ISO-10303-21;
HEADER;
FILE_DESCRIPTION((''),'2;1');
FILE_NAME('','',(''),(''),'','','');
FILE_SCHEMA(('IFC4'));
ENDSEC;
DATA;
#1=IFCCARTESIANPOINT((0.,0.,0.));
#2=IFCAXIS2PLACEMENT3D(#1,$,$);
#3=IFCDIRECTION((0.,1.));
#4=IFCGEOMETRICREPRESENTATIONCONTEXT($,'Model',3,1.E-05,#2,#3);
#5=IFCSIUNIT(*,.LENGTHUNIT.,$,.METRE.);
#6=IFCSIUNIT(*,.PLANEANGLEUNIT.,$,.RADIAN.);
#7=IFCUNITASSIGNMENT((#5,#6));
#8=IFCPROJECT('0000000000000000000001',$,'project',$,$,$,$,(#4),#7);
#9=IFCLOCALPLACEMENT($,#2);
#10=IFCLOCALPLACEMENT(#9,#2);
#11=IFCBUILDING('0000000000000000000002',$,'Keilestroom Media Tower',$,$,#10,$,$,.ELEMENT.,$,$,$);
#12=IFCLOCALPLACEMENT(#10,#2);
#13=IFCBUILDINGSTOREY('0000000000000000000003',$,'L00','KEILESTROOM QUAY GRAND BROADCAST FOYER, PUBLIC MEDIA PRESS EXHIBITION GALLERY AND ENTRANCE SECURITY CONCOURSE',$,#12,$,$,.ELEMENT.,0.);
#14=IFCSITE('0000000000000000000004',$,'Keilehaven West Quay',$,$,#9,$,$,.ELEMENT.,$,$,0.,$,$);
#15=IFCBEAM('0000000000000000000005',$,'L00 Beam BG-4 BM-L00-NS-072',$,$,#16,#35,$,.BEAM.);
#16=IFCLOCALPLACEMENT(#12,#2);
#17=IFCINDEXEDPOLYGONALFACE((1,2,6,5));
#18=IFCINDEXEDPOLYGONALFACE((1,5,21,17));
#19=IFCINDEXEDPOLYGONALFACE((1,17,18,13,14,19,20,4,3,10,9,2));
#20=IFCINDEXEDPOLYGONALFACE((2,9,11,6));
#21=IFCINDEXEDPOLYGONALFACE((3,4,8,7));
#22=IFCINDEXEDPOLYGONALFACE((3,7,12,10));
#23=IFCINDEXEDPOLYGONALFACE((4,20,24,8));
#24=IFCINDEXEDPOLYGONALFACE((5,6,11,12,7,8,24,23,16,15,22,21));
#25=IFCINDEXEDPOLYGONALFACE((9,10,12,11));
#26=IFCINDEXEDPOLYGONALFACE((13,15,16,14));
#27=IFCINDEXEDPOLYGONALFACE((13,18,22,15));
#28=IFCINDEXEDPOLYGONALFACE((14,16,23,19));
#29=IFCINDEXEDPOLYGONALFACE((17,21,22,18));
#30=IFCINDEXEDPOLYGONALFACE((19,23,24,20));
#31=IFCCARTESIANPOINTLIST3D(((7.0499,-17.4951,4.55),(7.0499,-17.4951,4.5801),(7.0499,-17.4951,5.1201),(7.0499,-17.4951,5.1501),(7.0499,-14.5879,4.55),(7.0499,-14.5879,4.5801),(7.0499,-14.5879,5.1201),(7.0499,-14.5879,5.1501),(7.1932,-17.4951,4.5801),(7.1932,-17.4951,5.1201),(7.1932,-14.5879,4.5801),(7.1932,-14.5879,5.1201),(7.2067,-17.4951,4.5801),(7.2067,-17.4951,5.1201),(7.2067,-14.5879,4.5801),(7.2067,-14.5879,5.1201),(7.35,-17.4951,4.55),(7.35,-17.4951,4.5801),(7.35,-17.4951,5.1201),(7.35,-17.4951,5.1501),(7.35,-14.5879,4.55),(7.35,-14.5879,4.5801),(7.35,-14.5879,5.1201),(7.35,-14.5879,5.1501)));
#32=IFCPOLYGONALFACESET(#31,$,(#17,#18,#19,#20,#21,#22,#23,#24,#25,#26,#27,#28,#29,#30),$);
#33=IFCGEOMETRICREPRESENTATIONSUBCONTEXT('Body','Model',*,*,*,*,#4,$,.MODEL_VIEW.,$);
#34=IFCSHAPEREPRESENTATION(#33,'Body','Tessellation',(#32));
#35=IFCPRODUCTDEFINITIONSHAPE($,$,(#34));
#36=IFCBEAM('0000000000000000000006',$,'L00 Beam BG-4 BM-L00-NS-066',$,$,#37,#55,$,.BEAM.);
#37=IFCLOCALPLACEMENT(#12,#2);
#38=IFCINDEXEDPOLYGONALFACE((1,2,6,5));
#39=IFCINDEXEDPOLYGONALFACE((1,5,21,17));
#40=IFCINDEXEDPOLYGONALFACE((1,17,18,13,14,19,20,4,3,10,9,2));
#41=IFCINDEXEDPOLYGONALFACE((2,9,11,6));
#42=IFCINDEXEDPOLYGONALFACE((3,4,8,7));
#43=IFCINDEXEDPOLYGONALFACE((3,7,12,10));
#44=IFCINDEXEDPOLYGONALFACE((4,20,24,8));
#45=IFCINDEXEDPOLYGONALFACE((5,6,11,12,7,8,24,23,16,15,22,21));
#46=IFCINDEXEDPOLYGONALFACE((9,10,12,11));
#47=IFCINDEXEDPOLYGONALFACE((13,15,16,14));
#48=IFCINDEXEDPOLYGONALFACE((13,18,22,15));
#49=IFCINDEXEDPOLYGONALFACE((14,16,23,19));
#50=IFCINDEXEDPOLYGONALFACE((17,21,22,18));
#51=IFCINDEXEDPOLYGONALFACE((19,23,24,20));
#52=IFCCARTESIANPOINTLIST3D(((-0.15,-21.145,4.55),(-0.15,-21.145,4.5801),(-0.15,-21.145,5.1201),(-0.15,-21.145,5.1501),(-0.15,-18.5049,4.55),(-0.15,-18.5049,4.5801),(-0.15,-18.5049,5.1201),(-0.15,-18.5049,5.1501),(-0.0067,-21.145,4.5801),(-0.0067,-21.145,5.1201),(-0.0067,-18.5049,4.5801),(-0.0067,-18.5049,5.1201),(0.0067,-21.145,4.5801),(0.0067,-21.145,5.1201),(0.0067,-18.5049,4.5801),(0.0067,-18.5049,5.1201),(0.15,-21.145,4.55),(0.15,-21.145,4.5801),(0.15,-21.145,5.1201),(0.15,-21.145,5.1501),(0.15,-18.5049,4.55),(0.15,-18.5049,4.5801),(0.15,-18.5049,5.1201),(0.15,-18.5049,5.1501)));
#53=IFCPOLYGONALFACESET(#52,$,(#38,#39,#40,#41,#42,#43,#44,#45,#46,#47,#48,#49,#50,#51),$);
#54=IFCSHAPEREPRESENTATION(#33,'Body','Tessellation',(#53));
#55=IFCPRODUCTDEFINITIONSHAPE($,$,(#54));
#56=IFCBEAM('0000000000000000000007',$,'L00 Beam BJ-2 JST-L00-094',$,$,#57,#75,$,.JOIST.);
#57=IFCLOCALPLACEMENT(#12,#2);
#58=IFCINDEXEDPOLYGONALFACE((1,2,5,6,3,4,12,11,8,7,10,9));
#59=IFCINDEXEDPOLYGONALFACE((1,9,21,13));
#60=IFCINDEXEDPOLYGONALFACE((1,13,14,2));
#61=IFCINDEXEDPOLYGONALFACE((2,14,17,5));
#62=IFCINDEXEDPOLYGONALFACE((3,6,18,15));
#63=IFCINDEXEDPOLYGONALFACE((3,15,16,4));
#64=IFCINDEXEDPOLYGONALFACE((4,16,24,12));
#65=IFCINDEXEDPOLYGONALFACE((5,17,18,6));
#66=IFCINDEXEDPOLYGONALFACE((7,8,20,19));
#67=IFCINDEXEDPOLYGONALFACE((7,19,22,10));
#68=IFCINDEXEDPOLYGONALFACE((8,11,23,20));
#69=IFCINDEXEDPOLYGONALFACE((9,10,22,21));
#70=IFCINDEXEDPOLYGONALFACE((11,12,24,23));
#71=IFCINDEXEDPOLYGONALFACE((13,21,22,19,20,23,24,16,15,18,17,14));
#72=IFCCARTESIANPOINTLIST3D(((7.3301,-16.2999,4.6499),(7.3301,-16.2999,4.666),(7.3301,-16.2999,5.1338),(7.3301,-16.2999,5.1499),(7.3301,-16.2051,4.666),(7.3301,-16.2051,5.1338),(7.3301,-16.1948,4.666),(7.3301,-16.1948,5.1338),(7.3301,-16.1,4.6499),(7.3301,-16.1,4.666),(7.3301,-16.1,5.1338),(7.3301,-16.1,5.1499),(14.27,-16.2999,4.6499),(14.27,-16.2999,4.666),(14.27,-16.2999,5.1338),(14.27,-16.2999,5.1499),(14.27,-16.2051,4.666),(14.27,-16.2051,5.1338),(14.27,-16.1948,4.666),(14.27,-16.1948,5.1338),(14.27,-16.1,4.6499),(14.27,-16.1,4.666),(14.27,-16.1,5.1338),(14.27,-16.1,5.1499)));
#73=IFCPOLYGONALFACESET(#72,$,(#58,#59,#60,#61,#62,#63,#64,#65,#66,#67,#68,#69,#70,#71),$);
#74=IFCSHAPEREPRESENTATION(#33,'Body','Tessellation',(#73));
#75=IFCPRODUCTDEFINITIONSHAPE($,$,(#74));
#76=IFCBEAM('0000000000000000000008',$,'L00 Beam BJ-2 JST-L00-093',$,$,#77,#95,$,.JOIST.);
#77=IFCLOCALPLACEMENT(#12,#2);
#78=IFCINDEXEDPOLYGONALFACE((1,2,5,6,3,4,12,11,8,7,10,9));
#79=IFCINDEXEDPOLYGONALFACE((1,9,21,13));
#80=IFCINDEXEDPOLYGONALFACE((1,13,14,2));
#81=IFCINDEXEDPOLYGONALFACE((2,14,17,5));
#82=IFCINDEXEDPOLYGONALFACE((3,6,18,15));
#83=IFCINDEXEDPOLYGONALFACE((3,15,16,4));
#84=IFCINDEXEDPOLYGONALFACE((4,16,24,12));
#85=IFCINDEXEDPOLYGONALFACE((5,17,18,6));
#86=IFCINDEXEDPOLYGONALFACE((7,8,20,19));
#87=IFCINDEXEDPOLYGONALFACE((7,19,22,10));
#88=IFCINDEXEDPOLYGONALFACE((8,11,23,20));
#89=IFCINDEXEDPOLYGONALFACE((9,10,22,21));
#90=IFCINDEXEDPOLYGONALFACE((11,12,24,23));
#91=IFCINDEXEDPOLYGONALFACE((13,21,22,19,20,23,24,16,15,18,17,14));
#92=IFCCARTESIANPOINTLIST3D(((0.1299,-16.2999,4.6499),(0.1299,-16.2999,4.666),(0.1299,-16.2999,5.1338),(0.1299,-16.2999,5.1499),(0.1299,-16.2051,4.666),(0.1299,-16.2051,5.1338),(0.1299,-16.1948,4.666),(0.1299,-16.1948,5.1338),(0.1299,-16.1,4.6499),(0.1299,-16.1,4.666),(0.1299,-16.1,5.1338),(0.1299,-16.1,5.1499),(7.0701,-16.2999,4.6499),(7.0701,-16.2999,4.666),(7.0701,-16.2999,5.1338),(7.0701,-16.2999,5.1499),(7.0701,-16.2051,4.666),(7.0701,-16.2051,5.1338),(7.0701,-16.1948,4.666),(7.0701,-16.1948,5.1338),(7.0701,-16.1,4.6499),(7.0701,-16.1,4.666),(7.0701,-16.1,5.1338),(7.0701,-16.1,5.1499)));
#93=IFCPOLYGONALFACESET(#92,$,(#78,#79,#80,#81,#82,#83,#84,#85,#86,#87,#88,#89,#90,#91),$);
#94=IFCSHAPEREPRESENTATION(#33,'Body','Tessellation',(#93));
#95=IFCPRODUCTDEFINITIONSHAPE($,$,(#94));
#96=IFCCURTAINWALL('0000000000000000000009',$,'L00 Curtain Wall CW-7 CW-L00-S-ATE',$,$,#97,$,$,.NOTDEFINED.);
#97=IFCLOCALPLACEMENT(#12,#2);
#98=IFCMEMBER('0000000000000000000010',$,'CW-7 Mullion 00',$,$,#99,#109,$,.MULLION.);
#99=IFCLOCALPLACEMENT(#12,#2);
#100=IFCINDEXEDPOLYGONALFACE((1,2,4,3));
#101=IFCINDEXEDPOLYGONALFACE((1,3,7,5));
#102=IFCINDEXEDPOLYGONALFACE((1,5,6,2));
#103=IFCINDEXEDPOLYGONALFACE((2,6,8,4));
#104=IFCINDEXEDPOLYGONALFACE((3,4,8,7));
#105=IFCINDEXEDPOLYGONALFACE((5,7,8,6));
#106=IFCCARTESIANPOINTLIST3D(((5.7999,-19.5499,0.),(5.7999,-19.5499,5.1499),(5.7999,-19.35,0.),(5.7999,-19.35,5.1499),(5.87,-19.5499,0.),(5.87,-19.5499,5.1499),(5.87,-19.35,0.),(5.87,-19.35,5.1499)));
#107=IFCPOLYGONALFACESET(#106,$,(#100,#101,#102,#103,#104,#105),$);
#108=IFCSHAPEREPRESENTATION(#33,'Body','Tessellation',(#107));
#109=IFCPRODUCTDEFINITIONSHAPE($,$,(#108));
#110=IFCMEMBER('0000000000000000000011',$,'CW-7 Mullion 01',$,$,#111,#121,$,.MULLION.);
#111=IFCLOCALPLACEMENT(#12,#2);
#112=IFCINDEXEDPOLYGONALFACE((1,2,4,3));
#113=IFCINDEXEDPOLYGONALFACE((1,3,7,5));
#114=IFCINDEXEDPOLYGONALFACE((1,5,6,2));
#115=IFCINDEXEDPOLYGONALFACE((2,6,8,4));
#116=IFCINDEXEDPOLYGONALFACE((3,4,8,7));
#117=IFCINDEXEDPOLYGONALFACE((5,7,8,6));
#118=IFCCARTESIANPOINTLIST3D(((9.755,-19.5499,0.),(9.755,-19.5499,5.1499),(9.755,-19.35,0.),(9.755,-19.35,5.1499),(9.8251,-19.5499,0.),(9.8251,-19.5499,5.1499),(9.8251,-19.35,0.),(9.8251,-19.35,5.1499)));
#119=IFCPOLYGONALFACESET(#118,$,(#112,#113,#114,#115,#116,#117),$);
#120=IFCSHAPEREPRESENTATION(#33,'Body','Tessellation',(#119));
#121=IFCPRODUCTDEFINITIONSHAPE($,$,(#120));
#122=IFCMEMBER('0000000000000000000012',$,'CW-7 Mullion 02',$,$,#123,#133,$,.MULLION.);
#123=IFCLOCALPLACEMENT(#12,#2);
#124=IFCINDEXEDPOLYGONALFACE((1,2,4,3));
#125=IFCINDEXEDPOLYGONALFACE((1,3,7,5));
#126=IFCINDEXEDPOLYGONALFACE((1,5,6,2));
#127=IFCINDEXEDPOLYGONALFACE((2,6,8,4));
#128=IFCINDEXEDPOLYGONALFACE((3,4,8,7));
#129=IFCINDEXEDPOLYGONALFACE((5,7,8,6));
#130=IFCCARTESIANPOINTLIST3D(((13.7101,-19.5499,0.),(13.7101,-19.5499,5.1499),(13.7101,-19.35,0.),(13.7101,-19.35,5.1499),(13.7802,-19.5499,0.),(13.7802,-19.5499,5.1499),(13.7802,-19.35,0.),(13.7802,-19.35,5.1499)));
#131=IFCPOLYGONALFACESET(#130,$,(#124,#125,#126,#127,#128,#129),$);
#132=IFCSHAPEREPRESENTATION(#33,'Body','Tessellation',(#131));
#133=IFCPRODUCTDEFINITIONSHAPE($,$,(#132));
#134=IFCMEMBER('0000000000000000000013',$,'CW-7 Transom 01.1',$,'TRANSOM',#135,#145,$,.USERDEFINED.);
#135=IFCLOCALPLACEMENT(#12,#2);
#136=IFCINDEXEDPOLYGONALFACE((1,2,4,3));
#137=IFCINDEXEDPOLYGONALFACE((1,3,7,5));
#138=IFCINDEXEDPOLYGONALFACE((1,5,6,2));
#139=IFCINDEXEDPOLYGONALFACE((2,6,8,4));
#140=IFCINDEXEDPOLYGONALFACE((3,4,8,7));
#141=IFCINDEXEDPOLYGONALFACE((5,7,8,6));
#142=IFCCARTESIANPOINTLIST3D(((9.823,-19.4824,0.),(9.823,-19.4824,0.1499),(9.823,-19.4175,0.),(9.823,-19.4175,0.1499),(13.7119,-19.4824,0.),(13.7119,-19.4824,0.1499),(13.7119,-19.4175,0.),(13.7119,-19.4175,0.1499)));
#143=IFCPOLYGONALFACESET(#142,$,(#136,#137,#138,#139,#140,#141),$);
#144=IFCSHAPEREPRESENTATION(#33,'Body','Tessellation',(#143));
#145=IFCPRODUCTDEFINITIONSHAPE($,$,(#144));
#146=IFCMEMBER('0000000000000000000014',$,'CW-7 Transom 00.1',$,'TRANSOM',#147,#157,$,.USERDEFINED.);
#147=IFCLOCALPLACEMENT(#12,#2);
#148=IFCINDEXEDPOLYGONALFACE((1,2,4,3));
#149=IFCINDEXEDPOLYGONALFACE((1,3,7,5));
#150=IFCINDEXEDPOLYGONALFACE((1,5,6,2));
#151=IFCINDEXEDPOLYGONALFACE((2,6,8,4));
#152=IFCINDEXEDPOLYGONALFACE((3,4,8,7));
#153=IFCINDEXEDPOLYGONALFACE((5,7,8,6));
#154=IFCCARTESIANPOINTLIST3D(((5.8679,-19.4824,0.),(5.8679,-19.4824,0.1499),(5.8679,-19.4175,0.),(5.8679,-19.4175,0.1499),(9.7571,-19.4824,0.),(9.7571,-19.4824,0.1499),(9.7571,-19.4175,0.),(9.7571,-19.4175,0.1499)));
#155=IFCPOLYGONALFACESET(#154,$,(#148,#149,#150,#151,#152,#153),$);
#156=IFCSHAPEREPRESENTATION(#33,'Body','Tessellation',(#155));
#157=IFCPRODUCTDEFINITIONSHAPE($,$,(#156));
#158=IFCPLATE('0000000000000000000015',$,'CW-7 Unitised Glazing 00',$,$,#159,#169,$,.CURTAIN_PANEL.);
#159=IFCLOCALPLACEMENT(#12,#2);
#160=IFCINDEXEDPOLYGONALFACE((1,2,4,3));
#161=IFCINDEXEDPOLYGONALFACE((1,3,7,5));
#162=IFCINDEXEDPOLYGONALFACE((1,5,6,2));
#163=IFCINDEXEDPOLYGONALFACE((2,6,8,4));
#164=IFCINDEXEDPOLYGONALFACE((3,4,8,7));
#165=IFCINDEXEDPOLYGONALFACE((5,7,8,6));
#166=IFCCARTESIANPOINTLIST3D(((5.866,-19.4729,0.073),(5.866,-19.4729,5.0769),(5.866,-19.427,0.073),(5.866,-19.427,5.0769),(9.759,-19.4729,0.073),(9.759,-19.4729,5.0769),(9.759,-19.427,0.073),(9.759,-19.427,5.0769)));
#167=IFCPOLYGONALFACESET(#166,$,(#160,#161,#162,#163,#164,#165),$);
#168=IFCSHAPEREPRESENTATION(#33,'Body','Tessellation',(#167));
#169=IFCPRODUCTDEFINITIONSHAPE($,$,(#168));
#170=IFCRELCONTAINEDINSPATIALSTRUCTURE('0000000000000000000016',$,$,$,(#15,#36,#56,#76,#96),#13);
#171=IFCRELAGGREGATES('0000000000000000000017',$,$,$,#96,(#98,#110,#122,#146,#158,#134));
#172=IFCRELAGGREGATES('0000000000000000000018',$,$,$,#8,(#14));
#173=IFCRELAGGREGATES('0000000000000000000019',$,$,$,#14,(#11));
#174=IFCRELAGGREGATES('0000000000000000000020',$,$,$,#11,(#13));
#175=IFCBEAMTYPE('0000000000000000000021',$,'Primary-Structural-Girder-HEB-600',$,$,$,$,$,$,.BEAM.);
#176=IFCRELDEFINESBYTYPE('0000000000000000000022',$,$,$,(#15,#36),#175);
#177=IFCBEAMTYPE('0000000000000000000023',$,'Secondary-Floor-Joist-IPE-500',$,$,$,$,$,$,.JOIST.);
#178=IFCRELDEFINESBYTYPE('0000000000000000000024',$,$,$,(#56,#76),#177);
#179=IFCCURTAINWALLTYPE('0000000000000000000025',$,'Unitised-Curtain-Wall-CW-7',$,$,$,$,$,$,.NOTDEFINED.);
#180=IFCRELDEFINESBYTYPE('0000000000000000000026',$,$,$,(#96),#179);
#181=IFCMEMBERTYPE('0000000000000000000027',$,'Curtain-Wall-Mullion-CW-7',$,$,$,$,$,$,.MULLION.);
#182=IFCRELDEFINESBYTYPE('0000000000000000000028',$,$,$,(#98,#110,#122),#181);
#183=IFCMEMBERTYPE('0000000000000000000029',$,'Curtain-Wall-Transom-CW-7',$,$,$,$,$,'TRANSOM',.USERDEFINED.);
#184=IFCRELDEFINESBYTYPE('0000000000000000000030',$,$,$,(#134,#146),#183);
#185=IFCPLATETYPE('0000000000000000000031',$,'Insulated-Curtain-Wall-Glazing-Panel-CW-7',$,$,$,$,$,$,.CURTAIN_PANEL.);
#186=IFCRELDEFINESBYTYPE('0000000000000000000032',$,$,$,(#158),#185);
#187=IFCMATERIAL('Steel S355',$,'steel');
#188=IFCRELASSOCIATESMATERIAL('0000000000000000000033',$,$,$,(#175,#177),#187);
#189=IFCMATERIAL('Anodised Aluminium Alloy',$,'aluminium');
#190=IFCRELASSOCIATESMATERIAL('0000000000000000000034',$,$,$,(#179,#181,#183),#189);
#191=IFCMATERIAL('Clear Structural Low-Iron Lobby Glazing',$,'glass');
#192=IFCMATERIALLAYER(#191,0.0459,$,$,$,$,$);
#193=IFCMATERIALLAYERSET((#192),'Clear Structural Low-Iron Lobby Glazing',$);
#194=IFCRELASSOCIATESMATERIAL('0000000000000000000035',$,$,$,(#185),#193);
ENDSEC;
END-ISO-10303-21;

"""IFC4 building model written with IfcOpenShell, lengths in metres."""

from ifc_helpers import new_model, si_unit, direction, frame, origin, origin_2d, place, context, subcontext, project, spatial, rectangle, i_section, extrude, source, transform, mapped, material, layer, layer_set, material_profile, profile_set, type_object, element, aggregate, save


model = new_model("IFC4")

# Units and contexts
model_context = context("Model", 3, precision=1e-05, world=origin(), true_north=direction((0.0, 1.0)))
body_context = subcontext(model_context, "Body", "Model", "MODEL_VIEW")
ifc_project = project(units=[si_unit("LENGTHUNIT", "METRE"), si_unit("PLANEANGLEUNIT", "RADIAN")], contexts=[model_context])

# Site, building, storey
site_placement = place(None, origin())
site = spatial("IfcSite", under=ifc_project, at=site_placement, Name="Keilehaven West Quay", CompositionType="ELEMENT", RefElevation=0.0)
building_placement = place(site_placement, origin())
building = spatial("IfcBuilding", under=site, at=building_placement, Name="Keilestroom Media Tower", CompositionType="ELEMENT")
storey_placement = place(building_placement, origin())
storey = spatial("IfcBuildingStorey", under=building, at=storey_placement, Name="L00", Description="KEILESTROOM QUAY GRAND BROADCAST FOYER, PUBLIC MEDIA PRESS EXHIBITION GALLERY AND ENTRANCE SECURITY CONCOURSE", CompositionType="ELEMENT", Elevation=0.0)

# Beams
ifc_material_1 = material(Name="Steel S355", Category="steel")
ifc_material_profile_1 = material_profile(ifc_material_1, i_section(OverallWidth=0.3, OverallDepth=0.6001, WebThickness=0.0134, FlangeThickness=0.03, at=origin_2d()), Name="HEB 600")
ifc_profile_set_1 = profile_set([ifc_material_profile_1], Name="Steel S355")
beam_type_1 = type_object("IfcBeamType", Name="Primary-Structural-Girder-HEB-600", PredefinedType="BEAM", material=ifc_profile_set_1)
shared_shape_1 = source(origin(), body_context, "Body", "SweptSolid", [
    extrude(i_section(OverallWidth=0.3, OverallDepth=0.6001, WebThickness=0.0134, FlangeThickness=0.03, at=origin_2d()), origin(), (0.0, 0.0, 1.0), 2.9072),
])
for number, where, z_axis, x_axis, name in (
    (1, (7.2, -17.4951, 4.8501), (0.0, 1.0, 0.0), (-1.0, 0.0, 0.0), "L00 Beam BG-4 BM-L00-NS-072"),
):
    element("IfcBeam", number, at=place(storey_placement, frame(where, z_axis=z_axis, x_axis=x_axis)), inside=storey, type_object=beam_type_1, Name=name, PredefinedType="BEAM", context=body_context, shape_type="MappedRepresentation", body=[
        mapped(shared_shape_1, transform((0.0, 0.0, 0.0), x_axis=(1.0, 0.0, 0.0), y_axis=(0.0, 1.0, 0.0), z_axis=(0.0, 0.0, 1.0), scale=1.0)),
    ])
shared_shape_2 = source(origin(), body_context, "Body", "SweptSolid", [
    extrude(i_section(OverallWidth=0.3, OverallDepth=0.6001, WebThickness=0.0134, FlangeThickness=0.03, at=origin_2d()), origin(), (0.0, 0.0, 1.0), 2.6401),
])
beam_1_placement = place(storey_placement, frame((0.0, -21.145, 4.8501), z_axis=(0.0, 1.0, 0.0), x_axis=(-1.0, 0.0, 0.0)))
element("IfcBeam", 2, at=beam_1_placement, inside=storey, type_object=beam_type_1, Name="L00 Beam BG-4 BM-L00-NS-066", PredefinedType="BEAM", context=body_context, shape_type="MappedRepresentation", body=[
    mapped(shared_shape_2, transform((0.0, 0.0, 0.0), x_axis=(1.0, 0.0, 0.0), y_axis=(0.0, 1.0, 0.0), z_axis=(0.0, 0.0, 1.0), scale=1.0)),
])
ifc_material_profile_2 = material_profile(ifc_material_1, i_section(OverallWidth=0.2, OverallDepth=0.5, WebThickness=0.0103, FlangeThickness=0.0161, at=origin_2d()), Name="IPE 500")
ifc_profile_set_2 = profile_set([ifc_material_profile_2], Name="Steel S355")
beam_type_2 = type_object("IfcBeamType", Name="Secondary-Floor-Joist-IPE-500", PredefinedType="JOIST", material=ifc_profile_set_2)
shared_shape_3 = source(origin(), body_context, "Body", "SweptSolid", [
    extrude(i_section(OverallWidth=0.2, OverallDepth=0.5, WebThickness=0.0103, FlangeThickness=0.0161, at=origin_2d()), origin(), (0.0, 0.0, 1.0), 6.9399),
])
beam_2_placement = place(storey_placement, frame((7.3301, -16.2, 4.8999), z_axis=(1.0, 0.0, 0.0), x_axis=(0.0, 1.0, 0.0)))
element("IfcBeam", 3, at=beam_2_placement, inside=storey, type_object=beam_type_2, Name="L00 Beam BJ-2 JST-L00-094", PredefinedType="JOIST", context=body_context, shape_type="MappedRepresentation", body=[
    mapped(shared_shape_3, transform((0.0, 0.0, 0.0), x_axis=(1.0, 0.0, 0.0), y_axis=(0.0, 1.0, 0.0), z_axis=(0.0, 0.0, 1.0), scale=1.0)),
])
shared_shape_4 = source(origin(), body_context, "Body", "SweptSolid", [
    extrude(i_section(OverallWidth=0.2, OverallDepth=0.5, WebThickness=0.0103, FlangeThickness=0.0161, at=origin_2d()), origin(), (0.0, 0.0, 1.0), 6.9402),
])
beam_3_placement = place(storey_placement, frame((0.1299, -16.2, 4.8999), z_axis=(1.0, 0.0, 0.0), x_axis=(0.0, 1.0, 0.0)))
element("IfcBeam", 4, at=beam_3_placement, inside=storey, type_object=beam_type_2, Name="L00 Beam BJ-2 JST-L00-093", PredefinedType="JOIST", context=body_context, shape_type="MappedRepresentation", body=[
    mapped(shared_shape_4, transform((0.0, 0.0, 0.0), x_axis=(1.0, 0.0, 0.0), y_axis=(0.0, 1.0, 0.0), z_axis=(0.0, 0.0, 1.0), scale=1.0)),
])

# Curtain wall, members, plate
ifc_material_2 = material(Name="Anodised Aluminium Alloy", Category="aluminium")
curtain_wall_type = type_object("IfcCurtainWallType", Name="Unitised-Curtain-Wall-CW-7", PredefinedType="NOTDEFINED", material=ifc_material_2)
curtain_wall_placement = place(storey_placement, origin())
curtain_wall = element("IfcCurtainWall", 5, at=curtain_wall_placement, inside=storey, type_object=curtain_wall_type, Name="L00 Curtain Wall CW-7 CW-L00-S-ATE", PredefinedType="NOTDEFINED")
ifc_material_profile_3 = material_profile(ifc_material_2, rectangle(XDim=0.0701, YDim=0.2, at=origin_2d()), Name="ALU MULLION 70x200")
ifc_profile_set_3 = profile_set([ifc_material_profile_3], Name="Anodised Aluminium Alloy")
member_type_1 = type_object("IfcMemberType", Name="Curtain-Wall-Mullion-CW-7", PredefinedType="MULLION", material=ifc_profile_set_3)
shared_shape_5 = source(origin(), body_context, "Body", "SweptSolid", [
    extrude(rectangle(XDim=0.0701, YDim=0.2, at=origin_2d()), origin(), (0.0, 0.0, 1.0), 5.1499),
])
member_1_placement = place(storey_placement, frame((5.835, -19.45, 0.0), z_axis=(0.0, 0.0, 1.0), x_axis=(1.0, 0.0, 0.0)))
member_1 = element("IfcMember", 6, at=member_1_placement, type_object=member_type_1, Name="CW-7 Mullion 00", PredefinedType="MULLION", context=body_context, shape_type="MappedRepresentation", body=[
    mapped(shared_shape_5, transform((0.0, 0.0, 0.0), x_axis=(1.0, 0.0, 0.0), y_axis=(0.0, 1.0, 0.0), z_axis=(0.0, 0.0, 1.0), scale=1.0)),
])
member_2_placement = place(storey_placement, frame((9.79, -19.45, 0.0), z_axis=(0.0, 0.0, 1.0), x_axis=(1.0, 0.0, 0.0)))
member_2 = element("IfcMember", 7, at=member_2_placement, type_object=member_type_1, Name="CW-7 Mullion 01", PredefinedType="MULLION", context=body_context, shape_type="MappedRepresentation", body=[
    mapped(shared_shape_5, transform((0.0, 0.0, 0.0), x_axis=(1.0, 0.0, 0.0), y_axis=(0.0, 1.0, 0.0), z_axis=(0.0, 0.0, 1.0), scale=1.0)),
])
member_3_placement = place(storey_placement, frame((13.7451, -19.45, 0.0), z_axis=(0.0, 0.0, 1.0), x_axis=(1.0, 0.0, 0.0)))
member_3 = element("IfcMember", 8, at=member_3_placement, type_object=member_type_1, Name="CW-7 Mullion 02", PredefinedType="MULLION", context=body_context, shape_type="MappedRepresentation", body=[
    mapped(shared_shape_5, transform((0.0, 0.0, 0.0), x_axis=(1.0, 0.0, 0.0), y_axis=(0.0, 1.0, 0.0), z_axis=(0.0, 0.0, 1.0), scale=1.0)),
])
ifc_material_profile_4 = material_profile(ifc_material_2, rectangle(XDim=0.0649, YDim=0.1499, at=origin_2d()), Name="ALU TRANSOM 65x150")
ifc_profile_set_4 = profile_set([ifc_material_profile_4], Name="Anodised Aluminium Alloy")
member_type_2 = type_object("IfcMemberType", Name="Curtain-Wall-Transom-CW-7", ElementType="TRANSOM", PredefinedType="USERDEFINED", material=ifc_profile_set_4)
shared_shape_6 = source(origin(), body_context, "Body", "SweptSolid", [
    extrude(rectangle(XDim=0.0649, YDim=0.1499, at=origin_2d()), origin(), (0.0, 0.0, 1.0), 3.8889),
])
member_4_placement = place(storey_placement, frame((9.823, -19.45, 0.075), z_axis=(1.0, 0.0, 0.0), x_axis=(0.0, 1.0, 0.0)))
member_4 = element("IfcMember", 9, at=member_4_placement, type_object=member_type_2, Name="CW-7 Transom 01.1", ObjectType="TRANSOM", PredefinedType="USERDEFINED", context=body_context, shape_type="MappedRepresentation", body=[
    mapped(shared_shape_6, transform((0.0, 0.0, 0.0), x_axis=(1.0, 0.0, 0.0), y_axis=(0.0, 1.0, 0.0), z_axis=(0.0, 0.0, 1.0), scale=1.0)),
])
shared_shape_7 = source(origin(), body_context, "Body", "SweptSolid", [
    extrude(rectangle(XDim=0.0649, YDim=0.1499, at=origin_2d()), origin(), (0.0, 0.0, 1.0), 3.8892),
])
member_5_placement = place(storey_placement, frame((5.8679, -19.45, 0.075), z_axis=(1.0, 0.0, 0.0), x_axis=(0.0, 1.0, 0.0)))
member_5 = element("IfcMember", 10, at=member_5_placement, type_object=member_type_2, Name="CW-7 Transom 00.1", ObjectType="TRANSOM", PredefinedType="USERDEFINED", context=body_context, shape_type="MappedRepresentation", body=[
    mapped(shared_shape_7, transform((0.0, 0.0, 0.0), x_axis=(1.0, 0.0, 0.0), y_axis=(0.0, 1.0, 0.0), z_axis=(0.0, 0.0, 1.0), scale=1.0)),
])
ifc_material_3 = material(Name="Clear Structural Low-Iron Lobby Glazing", Category="glass")
ifc_layer_1 = layer(ifc_material_3, 0.0459)
ifc_layer_set_1 = layer_set([ifc_layer_1], Name="Clear Structural Low-Iron Lobby Glazing")
plate_type = type_object("IfcPlateType", Name="Insulated-Curtain-Wall-Glazing-Panel-CW-7", PredefinedType="CURTAIN_PANEL", material=ifc_layer_set_1)
shared_shape_8 = source(origin(), body_context, "Body", "SweptSolid", [
    extrude(rectangle(XDim=3.8931, YDim=0.0459, at=origin_2d()), origin(), (0.0, 0.0, 1.0), 5.0039),
])
plate_1_placement = place(storey_placement, frame((7.8125, -19.45, 0.073), z_axis=(0.0, 0.0, 1.0), x_axis=(1.0, 0.0, 0.0)))
plate_1 = element("IfcPlate", 11, at=plate_1_placement, type_object=plate_type, Name="CW-7 Unitised Glazing 00", PredefinedType="CURTAIN_PANEL", context=body_context, shape_type="MappedRepresentation", body=[
    mapped(shared_shape_8, transform((0.0, 0.0, 0.0), x_axis=(1.0, 0.0, 0.0), y_axis=(0.0, 1.0, 0.0), z_axis=(0.0, 0.0, 1.0), scale=1.0)),
])
aggregate(curtain_wall, [member_1, member_2, member_3, member_5, plate_1, member_4])

save(model, "model.ifc")
